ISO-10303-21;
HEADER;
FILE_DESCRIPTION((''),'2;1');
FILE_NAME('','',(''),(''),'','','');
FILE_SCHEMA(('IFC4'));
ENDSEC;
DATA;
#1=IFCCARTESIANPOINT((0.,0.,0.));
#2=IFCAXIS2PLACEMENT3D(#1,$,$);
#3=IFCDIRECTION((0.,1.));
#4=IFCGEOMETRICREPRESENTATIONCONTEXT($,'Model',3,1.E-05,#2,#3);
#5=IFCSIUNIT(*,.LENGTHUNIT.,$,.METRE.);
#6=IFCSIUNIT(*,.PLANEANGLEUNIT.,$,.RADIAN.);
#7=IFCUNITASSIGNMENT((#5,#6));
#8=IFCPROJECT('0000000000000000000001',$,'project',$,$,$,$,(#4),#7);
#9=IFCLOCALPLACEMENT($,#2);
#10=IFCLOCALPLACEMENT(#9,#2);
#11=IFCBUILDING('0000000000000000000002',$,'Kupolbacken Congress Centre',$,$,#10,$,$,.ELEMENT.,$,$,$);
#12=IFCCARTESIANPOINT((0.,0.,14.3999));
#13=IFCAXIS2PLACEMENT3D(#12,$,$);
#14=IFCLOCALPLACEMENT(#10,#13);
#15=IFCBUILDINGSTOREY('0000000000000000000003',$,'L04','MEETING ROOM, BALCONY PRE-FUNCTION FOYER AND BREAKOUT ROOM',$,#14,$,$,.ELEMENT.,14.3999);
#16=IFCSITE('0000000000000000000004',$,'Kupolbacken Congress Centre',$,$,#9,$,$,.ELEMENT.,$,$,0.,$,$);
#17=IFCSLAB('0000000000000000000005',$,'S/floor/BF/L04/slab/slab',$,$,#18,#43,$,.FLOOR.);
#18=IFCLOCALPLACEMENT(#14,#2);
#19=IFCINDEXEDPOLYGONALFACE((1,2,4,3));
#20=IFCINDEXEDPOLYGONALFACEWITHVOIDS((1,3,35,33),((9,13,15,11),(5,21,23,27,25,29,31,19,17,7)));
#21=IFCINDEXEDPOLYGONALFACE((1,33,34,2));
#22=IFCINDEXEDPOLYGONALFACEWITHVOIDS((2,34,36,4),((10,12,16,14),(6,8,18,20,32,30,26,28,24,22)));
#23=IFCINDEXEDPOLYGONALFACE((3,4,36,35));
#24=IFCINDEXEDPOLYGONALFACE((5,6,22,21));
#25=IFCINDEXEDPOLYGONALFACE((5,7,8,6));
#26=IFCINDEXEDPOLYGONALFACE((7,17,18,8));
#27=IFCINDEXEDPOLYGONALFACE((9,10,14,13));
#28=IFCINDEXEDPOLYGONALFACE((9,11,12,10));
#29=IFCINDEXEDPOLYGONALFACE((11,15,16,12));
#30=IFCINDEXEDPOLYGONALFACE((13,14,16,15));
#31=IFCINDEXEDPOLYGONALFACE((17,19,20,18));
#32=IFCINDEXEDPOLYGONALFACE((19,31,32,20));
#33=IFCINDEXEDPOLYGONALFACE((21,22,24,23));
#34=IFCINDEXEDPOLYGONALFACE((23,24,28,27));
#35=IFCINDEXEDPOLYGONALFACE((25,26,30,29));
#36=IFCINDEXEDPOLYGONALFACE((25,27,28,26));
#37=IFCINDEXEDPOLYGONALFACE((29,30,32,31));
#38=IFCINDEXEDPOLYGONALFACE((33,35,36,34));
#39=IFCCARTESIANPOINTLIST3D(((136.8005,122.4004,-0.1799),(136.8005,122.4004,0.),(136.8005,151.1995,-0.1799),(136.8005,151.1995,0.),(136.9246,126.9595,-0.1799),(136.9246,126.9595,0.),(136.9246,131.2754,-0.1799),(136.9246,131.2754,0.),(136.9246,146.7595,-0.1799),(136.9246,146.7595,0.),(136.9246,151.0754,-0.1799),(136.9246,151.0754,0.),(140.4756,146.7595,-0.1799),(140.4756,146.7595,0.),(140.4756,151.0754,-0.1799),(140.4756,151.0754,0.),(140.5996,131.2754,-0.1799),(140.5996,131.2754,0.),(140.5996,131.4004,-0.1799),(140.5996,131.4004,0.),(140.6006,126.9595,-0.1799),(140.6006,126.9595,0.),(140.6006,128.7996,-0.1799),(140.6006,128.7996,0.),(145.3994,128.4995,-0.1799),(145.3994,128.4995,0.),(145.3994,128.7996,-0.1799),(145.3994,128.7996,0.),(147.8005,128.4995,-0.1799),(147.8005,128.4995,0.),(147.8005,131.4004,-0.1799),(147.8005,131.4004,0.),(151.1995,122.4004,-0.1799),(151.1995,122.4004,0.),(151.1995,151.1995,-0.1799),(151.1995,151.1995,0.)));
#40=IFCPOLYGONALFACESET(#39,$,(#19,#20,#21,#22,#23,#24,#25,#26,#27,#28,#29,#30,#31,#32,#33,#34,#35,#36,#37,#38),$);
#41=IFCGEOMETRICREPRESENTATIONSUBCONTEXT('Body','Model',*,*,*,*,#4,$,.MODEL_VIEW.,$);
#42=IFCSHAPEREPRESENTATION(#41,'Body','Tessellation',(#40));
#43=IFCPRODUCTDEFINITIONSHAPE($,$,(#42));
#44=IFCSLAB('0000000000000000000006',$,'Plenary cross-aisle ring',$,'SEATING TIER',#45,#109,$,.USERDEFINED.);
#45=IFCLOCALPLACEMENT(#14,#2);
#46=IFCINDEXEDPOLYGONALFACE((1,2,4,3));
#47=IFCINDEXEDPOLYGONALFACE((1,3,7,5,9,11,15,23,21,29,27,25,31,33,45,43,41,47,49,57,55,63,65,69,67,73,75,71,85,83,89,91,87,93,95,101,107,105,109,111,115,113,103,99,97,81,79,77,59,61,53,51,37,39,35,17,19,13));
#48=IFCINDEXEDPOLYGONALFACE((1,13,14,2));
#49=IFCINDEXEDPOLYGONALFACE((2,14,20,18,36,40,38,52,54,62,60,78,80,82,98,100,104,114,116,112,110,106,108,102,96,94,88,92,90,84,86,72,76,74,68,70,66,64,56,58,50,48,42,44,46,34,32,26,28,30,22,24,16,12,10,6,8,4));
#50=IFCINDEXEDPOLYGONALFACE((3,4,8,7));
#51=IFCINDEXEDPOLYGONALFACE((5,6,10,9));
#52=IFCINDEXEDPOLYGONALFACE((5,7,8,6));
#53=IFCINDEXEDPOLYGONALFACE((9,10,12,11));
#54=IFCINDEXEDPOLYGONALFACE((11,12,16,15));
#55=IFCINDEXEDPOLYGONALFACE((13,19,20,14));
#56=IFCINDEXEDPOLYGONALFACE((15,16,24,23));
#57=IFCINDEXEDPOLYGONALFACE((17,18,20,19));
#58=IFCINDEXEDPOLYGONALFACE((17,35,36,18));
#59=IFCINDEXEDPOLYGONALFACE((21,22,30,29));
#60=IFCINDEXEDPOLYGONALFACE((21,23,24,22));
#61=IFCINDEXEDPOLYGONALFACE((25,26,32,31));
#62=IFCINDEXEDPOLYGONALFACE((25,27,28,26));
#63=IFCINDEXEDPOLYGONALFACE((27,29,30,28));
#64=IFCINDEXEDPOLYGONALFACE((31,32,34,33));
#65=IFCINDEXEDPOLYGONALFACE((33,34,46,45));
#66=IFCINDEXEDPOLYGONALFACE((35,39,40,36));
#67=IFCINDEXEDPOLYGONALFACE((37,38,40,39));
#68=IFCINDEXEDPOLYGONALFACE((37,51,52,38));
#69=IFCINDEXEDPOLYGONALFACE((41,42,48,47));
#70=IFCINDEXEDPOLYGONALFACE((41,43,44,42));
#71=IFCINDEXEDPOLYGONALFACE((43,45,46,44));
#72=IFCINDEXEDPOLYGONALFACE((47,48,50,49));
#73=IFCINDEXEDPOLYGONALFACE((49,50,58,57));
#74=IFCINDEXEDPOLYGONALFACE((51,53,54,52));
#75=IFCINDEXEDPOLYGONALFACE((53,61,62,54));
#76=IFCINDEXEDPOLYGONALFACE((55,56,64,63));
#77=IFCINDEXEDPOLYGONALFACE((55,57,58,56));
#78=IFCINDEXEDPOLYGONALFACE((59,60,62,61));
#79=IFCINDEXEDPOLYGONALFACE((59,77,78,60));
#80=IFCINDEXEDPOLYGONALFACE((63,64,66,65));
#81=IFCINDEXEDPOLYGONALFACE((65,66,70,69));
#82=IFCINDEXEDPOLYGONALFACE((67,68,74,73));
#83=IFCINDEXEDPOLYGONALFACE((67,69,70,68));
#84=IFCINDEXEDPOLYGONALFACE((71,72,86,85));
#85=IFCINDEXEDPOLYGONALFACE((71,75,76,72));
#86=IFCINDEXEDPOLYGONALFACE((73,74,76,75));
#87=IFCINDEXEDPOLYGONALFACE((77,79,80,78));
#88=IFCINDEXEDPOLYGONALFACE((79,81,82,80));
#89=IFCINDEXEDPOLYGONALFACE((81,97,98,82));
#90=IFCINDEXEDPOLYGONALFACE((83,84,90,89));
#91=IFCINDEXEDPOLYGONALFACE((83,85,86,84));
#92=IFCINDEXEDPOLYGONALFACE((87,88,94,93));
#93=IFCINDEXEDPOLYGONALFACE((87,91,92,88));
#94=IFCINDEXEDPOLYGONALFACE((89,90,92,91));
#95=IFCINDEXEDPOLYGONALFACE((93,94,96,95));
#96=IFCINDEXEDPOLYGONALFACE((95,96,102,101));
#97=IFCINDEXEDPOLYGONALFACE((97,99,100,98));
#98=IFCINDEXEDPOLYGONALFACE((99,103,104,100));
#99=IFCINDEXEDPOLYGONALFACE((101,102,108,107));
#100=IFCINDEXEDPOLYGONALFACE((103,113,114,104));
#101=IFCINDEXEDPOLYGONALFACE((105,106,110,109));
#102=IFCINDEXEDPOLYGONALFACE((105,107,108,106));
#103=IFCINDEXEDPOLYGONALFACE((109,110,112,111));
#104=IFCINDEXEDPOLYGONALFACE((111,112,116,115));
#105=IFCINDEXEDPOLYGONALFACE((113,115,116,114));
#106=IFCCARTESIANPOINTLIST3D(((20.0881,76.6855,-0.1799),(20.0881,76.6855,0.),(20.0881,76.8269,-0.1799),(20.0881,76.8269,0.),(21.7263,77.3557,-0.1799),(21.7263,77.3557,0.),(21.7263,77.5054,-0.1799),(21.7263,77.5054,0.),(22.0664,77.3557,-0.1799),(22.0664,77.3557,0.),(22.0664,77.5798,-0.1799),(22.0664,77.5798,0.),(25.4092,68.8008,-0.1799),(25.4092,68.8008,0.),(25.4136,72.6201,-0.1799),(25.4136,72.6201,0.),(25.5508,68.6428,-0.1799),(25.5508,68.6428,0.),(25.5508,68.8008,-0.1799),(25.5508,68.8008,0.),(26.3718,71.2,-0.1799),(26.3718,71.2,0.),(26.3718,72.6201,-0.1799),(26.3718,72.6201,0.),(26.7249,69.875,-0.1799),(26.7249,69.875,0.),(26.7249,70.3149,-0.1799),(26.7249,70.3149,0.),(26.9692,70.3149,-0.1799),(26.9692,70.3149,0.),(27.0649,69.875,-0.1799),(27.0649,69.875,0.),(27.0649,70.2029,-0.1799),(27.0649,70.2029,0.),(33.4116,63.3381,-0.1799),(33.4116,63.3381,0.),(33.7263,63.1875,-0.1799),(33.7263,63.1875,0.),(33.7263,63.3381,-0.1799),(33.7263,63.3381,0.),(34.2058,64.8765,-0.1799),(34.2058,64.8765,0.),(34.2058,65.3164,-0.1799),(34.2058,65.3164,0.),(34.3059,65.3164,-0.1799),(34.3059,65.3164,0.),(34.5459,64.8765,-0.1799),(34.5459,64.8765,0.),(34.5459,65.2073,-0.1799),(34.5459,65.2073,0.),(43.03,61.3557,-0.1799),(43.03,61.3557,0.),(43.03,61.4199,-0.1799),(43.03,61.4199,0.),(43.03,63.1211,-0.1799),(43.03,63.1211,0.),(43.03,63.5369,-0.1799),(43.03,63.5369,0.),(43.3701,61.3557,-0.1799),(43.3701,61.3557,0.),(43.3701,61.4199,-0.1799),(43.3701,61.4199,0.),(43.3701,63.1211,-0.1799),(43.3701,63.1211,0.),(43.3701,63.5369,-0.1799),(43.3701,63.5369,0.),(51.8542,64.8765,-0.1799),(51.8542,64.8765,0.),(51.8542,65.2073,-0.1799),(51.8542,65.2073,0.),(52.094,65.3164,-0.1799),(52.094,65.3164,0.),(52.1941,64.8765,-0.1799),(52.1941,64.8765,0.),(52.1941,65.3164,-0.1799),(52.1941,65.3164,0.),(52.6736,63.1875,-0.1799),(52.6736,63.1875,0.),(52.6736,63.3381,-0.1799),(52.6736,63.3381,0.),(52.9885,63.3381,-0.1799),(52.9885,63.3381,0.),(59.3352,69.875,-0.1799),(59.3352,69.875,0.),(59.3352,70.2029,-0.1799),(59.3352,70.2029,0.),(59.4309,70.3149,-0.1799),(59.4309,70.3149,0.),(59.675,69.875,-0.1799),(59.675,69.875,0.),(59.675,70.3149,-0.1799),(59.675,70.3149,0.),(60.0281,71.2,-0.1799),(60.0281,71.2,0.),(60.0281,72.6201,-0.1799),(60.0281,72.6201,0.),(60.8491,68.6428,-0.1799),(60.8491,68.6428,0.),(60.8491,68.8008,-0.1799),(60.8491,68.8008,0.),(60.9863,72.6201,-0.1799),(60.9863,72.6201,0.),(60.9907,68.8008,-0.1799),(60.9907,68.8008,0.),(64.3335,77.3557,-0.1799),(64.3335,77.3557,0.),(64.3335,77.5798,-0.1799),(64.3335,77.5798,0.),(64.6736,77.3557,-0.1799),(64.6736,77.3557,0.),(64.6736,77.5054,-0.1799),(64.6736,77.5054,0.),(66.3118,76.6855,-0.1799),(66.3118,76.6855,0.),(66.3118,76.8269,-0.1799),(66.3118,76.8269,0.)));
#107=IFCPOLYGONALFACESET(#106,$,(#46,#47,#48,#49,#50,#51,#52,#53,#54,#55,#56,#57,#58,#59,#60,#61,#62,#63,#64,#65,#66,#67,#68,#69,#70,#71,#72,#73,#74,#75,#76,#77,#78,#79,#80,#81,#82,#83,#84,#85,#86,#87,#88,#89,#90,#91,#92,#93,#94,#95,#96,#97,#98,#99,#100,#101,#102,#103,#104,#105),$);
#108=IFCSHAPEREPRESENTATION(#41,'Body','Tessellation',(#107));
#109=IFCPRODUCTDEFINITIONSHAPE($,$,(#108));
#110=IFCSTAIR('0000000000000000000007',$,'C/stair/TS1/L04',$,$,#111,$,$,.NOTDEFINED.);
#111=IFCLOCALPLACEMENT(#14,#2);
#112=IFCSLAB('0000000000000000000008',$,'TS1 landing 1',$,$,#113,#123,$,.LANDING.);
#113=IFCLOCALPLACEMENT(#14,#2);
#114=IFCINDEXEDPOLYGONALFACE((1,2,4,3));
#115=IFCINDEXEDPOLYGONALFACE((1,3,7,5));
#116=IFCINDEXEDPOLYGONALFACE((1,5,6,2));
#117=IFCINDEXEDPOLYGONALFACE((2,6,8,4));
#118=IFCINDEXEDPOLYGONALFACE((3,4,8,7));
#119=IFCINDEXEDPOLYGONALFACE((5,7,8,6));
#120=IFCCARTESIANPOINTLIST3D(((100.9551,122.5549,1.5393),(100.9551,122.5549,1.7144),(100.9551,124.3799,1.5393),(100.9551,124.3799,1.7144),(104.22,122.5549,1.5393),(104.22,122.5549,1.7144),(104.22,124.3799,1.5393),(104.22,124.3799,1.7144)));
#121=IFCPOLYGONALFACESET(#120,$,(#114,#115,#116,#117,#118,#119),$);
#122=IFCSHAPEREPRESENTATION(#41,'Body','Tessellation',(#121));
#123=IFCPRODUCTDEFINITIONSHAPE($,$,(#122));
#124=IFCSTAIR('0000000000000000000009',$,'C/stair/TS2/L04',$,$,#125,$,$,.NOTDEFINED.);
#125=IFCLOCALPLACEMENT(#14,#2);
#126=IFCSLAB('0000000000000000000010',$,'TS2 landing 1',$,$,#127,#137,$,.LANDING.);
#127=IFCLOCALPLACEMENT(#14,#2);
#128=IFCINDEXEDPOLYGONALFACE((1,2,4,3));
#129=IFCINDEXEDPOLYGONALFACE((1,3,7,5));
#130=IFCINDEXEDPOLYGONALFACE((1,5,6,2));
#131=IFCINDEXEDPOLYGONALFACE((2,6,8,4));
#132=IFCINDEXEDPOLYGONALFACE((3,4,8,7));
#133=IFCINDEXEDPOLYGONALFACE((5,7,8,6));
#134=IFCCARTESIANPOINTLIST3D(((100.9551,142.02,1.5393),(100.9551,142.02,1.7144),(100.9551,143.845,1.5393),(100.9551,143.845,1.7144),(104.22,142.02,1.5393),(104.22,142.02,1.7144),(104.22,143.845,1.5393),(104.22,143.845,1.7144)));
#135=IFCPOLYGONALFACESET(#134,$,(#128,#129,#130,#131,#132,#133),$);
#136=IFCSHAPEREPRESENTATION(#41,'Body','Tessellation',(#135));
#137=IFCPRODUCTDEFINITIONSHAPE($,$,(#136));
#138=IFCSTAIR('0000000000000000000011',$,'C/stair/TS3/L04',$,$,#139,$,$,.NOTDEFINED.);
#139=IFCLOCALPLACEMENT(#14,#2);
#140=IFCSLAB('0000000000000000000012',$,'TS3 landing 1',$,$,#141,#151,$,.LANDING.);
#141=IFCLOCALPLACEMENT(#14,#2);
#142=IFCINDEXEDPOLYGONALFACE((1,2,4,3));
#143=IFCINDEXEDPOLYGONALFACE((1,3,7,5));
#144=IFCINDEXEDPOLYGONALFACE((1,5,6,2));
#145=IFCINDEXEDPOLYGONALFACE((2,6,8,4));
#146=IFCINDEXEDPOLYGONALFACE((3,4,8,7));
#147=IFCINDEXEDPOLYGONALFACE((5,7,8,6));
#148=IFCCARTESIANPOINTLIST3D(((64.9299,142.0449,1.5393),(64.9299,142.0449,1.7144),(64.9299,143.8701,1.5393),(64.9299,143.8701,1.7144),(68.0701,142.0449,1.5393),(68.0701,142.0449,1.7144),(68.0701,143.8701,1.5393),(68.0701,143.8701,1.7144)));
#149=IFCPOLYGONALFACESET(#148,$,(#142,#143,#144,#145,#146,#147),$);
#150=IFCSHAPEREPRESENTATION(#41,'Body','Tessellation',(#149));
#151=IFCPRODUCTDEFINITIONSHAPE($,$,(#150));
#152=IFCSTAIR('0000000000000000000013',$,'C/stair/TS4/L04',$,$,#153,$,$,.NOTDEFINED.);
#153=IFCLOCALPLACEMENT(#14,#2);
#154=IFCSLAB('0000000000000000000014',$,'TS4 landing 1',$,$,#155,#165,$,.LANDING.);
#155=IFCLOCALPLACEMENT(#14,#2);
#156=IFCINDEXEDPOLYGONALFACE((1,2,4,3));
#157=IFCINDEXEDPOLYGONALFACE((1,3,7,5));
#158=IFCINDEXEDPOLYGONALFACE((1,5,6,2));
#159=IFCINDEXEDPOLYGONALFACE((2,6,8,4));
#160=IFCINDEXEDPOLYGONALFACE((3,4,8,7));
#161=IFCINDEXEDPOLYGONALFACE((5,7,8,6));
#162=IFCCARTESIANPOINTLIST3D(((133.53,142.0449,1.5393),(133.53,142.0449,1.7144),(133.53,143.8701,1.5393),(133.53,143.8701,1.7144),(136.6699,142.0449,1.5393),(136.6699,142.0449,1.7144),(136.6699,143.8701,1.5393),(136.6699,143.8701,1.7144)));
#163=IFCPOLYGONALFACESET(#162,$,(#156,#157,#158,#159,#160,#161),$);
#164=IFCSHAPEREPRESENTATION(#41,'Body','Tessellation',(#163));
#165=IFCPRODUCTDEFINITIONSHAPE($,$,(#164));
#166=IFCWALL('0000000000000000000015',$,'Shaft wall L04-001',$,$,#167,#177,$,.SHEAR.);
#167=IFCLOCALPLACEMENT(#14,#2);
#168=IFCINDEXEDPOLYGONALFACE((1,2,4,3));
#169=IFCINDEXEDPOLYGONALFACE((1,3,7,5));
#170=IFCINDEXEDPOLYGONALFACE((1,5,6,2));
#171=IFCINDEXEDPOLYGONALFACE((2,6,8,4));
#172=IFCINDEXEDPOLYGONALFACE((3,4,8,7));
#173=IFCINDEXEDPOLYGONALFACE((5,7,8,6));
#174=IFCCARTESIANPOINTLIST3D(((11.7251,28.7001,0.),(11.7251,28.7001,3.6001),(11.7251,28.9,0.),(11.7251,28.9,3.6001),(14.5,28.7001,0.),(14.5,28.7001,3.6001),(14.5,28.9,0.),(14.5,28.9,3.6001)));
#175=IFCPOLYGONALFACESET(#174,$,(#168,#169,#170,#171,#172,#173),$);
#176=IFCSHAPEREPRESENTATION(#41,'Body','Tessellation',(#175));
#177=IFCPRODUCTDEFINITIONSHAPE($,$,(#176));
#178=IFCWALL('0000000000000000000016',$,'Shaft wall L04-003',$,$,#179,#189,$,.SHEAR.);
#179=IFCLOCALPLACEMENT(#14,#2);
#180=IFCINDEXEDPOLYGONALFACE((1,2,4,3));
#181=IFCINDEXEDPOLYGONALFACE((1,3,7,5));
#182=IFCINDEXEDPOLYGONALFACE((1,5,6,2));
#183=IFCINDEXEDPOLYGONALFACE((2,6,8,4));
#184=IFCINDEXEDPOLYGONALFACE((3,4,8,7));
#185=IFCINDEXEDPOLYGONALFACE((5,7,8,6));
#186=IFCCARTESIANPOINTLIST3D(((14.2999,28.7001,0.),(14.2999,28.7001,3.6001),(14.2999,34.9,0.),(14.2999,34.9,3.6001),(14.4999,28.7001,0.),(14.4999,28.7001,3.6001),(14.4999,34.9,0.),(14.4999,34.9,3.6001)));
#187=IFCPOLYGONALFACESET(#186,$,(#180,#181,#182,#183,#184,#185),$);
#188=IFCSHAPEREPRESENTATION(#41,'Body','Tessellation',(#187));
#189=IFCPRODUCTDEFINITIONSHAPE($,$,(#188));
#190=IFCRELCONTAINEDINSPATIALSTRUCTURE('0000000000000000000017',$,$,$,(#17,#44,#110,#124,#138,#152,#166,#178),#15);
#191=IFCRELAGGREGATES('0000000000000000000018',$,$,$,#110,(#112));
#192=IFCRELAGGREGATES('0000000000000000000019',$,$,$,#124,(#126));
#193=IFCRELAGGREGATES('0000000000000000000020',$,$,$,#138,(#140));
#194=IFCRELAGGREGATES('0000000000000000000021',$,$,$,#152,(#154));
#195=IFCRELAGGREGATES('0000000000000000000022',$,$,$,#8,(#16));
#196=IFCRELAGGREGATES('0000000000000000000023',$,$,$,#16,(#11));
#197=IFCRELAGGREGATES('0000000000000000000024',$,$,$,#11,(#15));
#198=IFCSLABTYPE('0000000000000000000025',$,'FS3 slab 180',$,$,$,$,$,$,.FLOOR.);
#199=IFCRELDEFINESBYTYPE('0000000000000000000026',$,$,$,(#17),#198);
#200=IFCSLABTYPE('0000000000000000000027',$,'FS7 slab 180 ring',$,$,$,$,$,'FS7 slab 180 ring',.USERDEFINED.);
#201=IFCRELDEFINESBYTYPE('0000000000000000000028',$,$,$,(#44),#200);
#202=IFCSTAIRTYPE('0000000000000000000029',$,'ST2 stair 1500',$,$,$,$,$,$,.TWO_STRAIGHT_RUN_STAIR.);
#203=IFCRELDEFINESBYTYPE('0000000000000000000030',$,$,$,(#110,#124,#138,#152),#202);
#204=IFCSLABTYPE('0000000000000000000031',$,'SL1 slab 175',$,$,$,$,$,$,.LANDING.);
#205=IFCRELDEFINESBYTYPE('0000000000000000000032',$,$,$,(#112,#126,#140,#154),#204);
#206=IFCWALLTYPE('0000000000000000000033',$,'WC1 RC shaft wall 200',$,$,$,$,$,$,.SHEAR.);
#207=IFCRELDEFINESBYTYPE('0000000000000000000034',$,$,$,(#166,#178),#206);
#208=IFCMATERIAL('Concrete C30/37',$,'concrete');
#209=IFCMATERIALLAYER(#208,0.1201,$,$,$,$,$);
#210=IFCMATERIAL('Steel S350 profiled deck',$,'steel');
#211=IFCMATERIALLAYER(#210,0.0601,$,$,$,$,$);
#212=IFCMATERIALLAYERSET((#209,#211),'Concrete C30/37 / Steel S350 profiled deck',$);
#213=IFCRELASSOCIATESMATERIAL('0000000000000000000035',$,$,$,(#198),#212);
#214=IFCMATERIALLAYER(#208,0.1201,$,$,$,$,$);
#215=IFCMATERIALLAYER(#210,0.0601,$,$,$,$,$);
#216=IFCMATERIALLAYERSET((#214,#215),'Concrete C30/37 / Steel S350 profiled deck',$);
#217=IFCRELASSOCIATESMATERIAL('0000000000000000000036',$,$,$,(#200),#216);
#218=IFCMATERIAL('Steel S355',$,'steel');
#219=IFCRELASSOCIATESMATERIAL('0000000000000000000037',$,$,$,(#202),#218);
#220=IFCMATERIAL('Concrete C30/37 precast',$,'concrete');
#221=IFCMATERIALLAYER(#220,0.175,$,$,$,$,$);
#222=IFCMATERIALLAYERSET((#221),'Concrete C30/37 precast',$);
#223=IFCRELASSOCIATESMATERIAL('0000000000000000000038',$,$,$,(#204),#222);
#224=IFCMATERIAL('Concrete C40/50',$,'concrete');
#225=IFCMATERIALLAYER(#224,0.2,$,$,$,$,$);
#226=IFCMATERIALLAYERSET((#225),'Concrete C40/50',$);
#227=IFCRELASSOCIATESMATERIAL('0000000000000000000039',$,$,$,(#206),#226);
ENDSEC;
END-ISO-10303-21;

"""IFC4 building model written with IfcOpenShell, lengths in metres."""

from ifc_helpers import new_model, si_unit, direction, frame, frame_2d, origin, place, context, subcontext, project, spatial, polyline, rectangle, outline, extrude, material, layer, layer_set, type_object, element, aggregate, save


model = new_model("IFC4")

# Units and contexts
model_context = context("Model", 3, precision=1e-05, world=origin(), true_north=direction((0.0, 1.0)))
body_context = subcontext(model_context, "Body", "Model", "MODEL_VIEW")
ifc_project = project(units=[si_unit("LENGTHUNIT", "METRE"), si_unit("PLANEANGLEUNIT", "RADIAN")], contexts=[model_context])

# Site, building, storey
site_placement = place(None, origin())
site = spatial("IfcSite", under=ifc_project, at=site_placement, Name="Kupolbacken Congress Centre", CompositionType="ELEMENT", RefElevation=0.0)
building_placement = place(site_placement, origin())
building = spatial("IfcBuilding", under=site, at=building_placement, Name="Kupolbacken Congress Centre", CompositionType="ELEMENT")
storey_placement = place(building_placement, frame((0.0, 0.0, 14.3999)))
storey = spatial("IfcBuildingStorey", under=building, at=storey_placement, Name="L04", Description="MEETING ROOM, BALCONY PRE-FUNCTION FOYER AND BREAKOUT ROOM", CompositionType="ELEMENT", Elevation=14.3999)

# Slabs
ifc_material_1 = material(Name="Concrete C30/37", Category="concrete")
ifc_material_2 = material(Name="Steel S350 profiled deck", Category="steel")
ifc_layer_1 = layer(ifc_material_1, 0.1201)
ifc_layer_2 = layer(ifc_material_2, 0.0601)
ifc_layer_set_1 = layer_set([ifc_layer_1, ifc_layer_2], Name="Concrete C30/37 / Steel S350 profiled deck")
slab_type_1 = type_object("IfcSlabType", Name="FS3 slab 180", PredefinedType="FLOOR", material=ifc_layer_set_1)
slab_1_placement = place(storey_placement, frame((0.0, 0.0, -0.1799)))
element("IfcSlab", 1, at=slab_1_placement, inside=storey, type_object=slab_type_1, Name="S/floor/BF/L04/slab/slab", PredefinedType="FLOOR", context=body_context, shape_type="SweptSolid", body=[
    extrude(outline(polyline([(151.1995, 122.4004), (151.1995, 151.1995), (136.8005, 151.1995), (136.8005, 122.4004), (151.1995, 122.4004)]), holes=[polyline([(140.5996, 131.4004), (147.8005, 131.4004), (147.8005, 128.4995), (145.3994, 128.4995), (145.3994, 128.7996), (140.6006, 128.7996), (140.6006, 126.9595), (136.9246, 126.9595), (136.9246, 131.2754), (140.5996, 131.2754), (140.5996, 131.4004)]), polyline([(136.9246, 146.7595), (136.9246, 151.0754), (140.4756, 151.0754), (140.4756, 146.7595), (136.9246, 146.7595)])]), origin(), (0.0, 0.0, 1.0), 0.1799),
])
ifc_layer_3 = layer(ifc_material_1, 0.1201)
ifc_layer_4 = layer(ifc_material_2, 0.0601)
ifc_layer_set_2 = layer_set([ifc_layer_3, ifc_layer_4], Name="Concrete C30/37 / Steel S350 profiled deck")
slab_type_2 = type_object("IfcSlabType", Name="FS7 slab 180 ring", ElementType="FS7 slab 180 ring", PredefinedType="USERDEFINED", material=ifc_layer_set_2)
slab_2_placement = place(storey_placement, frame((0.0, 0.0, -0.1799)))
element("IfcSlab", 2, at=slab_2_placement, inside=storey, type_object=slab_type_2, Name="Plenary cross-aisle ring", ObjectType="SEATING TIER", PredefinedType="USERDEFINED", context=body_context, shape_type="SweptSolid", body=[
    extrude(outline(polyline([(43.3701, 61.3557), (43.3701, 61.4199), (43.03, 61.4199), (43.03, 61.3557), (33.7263, 63.1875), (33.7263, 63.3381), (33.4116, 63.3381), (25.5508, 68.6428), (25.5508, 68.8008), (25.4092, 68.8008), (20.0881, 76.6855), (20.0881, 76.8269), (21.7263, 77.5054), (21.7263, 77.3557), (22.0664, 77.3557), (22.0664, 77.5798), (25.4136, 72.6201), (26.3718, 72.6201), (26.3718, 71.2), (26.9692, 70.3149), (26.7249, 70.3149), (26.7249, 69.875), (27.0649, 69.875), (27.0649, 70.2029), (34.3059, 65.3164), (34.2058, 65.3164), (34.2058, 64.8765), (34.5459, 64.8765), (34.5459, 65.2073), (43.03, 63.5369), (43.03, 63.1211), (43.3701, 63.1211), (43.3701, 63.5369), (51.8542, 65.2073), (51.8542, 64.8765), (52.1941, 64.8765), (52.1941, 65.3164), (52.094, 65.3164), (59.3352, 70.2029), (59.3352, 69.875), (59.675, 69.875), (59.675, 70.3149), (59.4309, 70.3149), (60.0281, 71.2), (60.0281, 72.6201), (60.9863, 72.6201), (64.3335, 77.5798), (64.3335, 77.3557), (64.6736, 77.3557), (64.6736, 77.5054), (66.3118, 76.8269), (66.3118, 76.6855), (60.9907, 68.8008), (60.8491, 68.8008), (60.8491, 68.6428), (52.9885, 63.3381), (52.6736, 63.3381), (52.6736, 63.1875), (43.3701, 61.3557)])), origin(), (0.0, 0.0, 1.0), 0.1799),
])

# Stairs, slabs
ifc_material_3 = material(Name="Steel S355", Category="steel")
stair_type = type_object("IfcStairType", Name="ST2 stair 1500", PredefinedType="TWO_STRAIGHT_RUN_STAIR", material=ifc_material_3)
stair_1_placement = place(storey_placement, origin())
stair_1 = element("IfcStair", 3, at=stair_1_placement, inside=storey, type_object=stair_type, Name="C/stair/TS1/L04", PredefinedType="NOTDEFINED")
ifc_material_4 = material(Name="Concrete C30/37 precast", Category="concrete")
ifc_layer_5 = layer(ifc_material_4, 0.175)
ifc_layer_set_3 = layer_set([ifc_layer_5], Name="Concrete C30/37 precast")
slab_type_3 = type_object("IfcSlabType", Name="SL1 slab 175", PredefinedType="LANDING", material=ifc_layer_set_3)
slab_3_placement = place(storey_placement, frame((0.0, 0.0, 1.5393)))
slab_3 = element("IfcSlab", 4, at=slab_3_placement, type_object=slab_type_3, Name="TS1 landing 1", PredefinedType="LANDING", context=body_context, shape_type="SweptSolid", body=[
    extrude(outline(polyline([(100.9551, 122.5549), (104.22, 122.5549), (104.22, 124.3799), (100.9551, 124.3799), (100.9551, 122.5549)])), origin(), (0.0, 0.0, 1.0), 0.175),
])
aggregate(stair_1, [slab_3])
stair_2_placement = place(storey_placement, origin())
stair_2 = element("IfcStair", 5, at=stair_2_placement, inside=storey, type_object=stair_type, Name="C/stair/TS2/L04", PredefinedType="NOTDEFINED")
slab_4_placement = place(storey_placement, frame((0.0, 0.0, 1.5393)))
slab_4 = element("IfcSlab", 6, at=slab_4_placement, type_object=slab_type_3, Name="TS2 landing 1", PredefinedType="LANDING", context=body_context, shape_type="SweptSolid", body=[
    extrude(outline(polyline([(100.9551, 142.02), (104.22, 142.02), (104.22, 143.845), (100.9551, 143.845), (100.9551, 142.02)])), origin(), (0.0, 0.0, 1.0), 0.175),
])
aggregate(stair_2, [slab_4])
stair_3_placement = place(storey_placement, origin())
stair_3 = element("IfcStair", 7, at=stair_3_placement, inside=storey, type_object=stair_type, Name="C/stair/TS3/L04", PredefinedType="NOTDEFINED")
slab_5_placement = place(storey_placement, frame((0.0, 0.0, 1.5393)))
slab_5 = element("IfcSlab", 8, at=slab_5_placement, type_object=slab_type_3, Name="TS3 landing 1", PredefinedType="LANDING", context=body_context, shape_type="SweptSolid", body=[
    extrude(outline(polyline([(64.9299, 142.0449), (68.0701, 142.0449), (68.0701, 143.8701), (64.9299, 143.8701), (64.9299, 142.0449)])), origin(), (0.0, 0.0, 1.0), 0.175),
])
aggregate(stair_3, [slab_5])
stair_4_placement = place(storey_placement, origin())
stair_4 = element("IfcStair", 9, at=stair_4_placement, inside=storey, type_object=stair_type, Name="C/stair/TS4/L04", PredefinedType="NOTDEFINED")
slab_6_placement = place(storey_placement, frame((0.0, 0.0, 1.5393)))
slab_6 = element("IfcSlab", 10, at=slab_6_placement, type_object=slab_type_3, Name="TS4 landing 1", PredefinedType="LANDING", context=body_context, shape_type="SweptSolid", body=[
    extrude(outline(polyline([(133.53, 142.0449), (136.6699, 142.0449), (136.6699, 143.8701), (133.53, 143.8701), (133.53, 142.0449)])), origin(), (0.0, 0.0, 1.0), 0.175),
])
aggregate(stair_4, [slab_6])

# Walls
ifc_material_5 = material(Name="Concrete C40/50", Category="concrete")
ifc_layer_6 = layer(ifc_material_5, 0.2)
ifc_layer_set_4 = layer_set([ifc_layer_6], Name="Concrete C40/50")
wall_type_1 = type_object("IfcWallType", Name="WC1 RC shaft wall 200", PredefinedType="SHEAR", material=ifc_layer_set_4)
wall_1_placement = place(storey_placement, frame((11.7251, 28.8, 0.0), z_axis=(0.0, 0.0, 1.0), x_axis=(1.0, 0.0, 0.0)))
element("IfcWall", 11, at=wall_1_placement, inside=storey, type_object=wall_type_1, Name="Shaft wall L04-001", PredefinedType="SHEAR", context=body_context, shape_type="SweptSolid", body=[
    extrude(rectangle(XDim=2.7749, YDim=0.2, at=frame_2d((1.3875, 0.0))), origin(), (0.0, 0.0, 1.0), 3.6001),
])
wall_2_placement = place(storey_placement, frame((14.3999, 28.7, 0.0), z_axis=(0.0, 0.0, 1.0), x_axis=(0.0, 1.0, 0.0)))
element("IfcWall", 12, at=wall_2_placement, inside=storey, type_object=wall_type_1, Name="Shaft wall L04-003", PredefinedType="SHEAR", context=body_context, shape_type="SweptSolid", body=[
    extrude(rectangle(XDim=6.2, YDim=0.2, at=frame_2d((3.1001, 0.0))), origin(), (0.0, 0.0, 1.0), 3.6001),
])

save(model, "model.ifc")
